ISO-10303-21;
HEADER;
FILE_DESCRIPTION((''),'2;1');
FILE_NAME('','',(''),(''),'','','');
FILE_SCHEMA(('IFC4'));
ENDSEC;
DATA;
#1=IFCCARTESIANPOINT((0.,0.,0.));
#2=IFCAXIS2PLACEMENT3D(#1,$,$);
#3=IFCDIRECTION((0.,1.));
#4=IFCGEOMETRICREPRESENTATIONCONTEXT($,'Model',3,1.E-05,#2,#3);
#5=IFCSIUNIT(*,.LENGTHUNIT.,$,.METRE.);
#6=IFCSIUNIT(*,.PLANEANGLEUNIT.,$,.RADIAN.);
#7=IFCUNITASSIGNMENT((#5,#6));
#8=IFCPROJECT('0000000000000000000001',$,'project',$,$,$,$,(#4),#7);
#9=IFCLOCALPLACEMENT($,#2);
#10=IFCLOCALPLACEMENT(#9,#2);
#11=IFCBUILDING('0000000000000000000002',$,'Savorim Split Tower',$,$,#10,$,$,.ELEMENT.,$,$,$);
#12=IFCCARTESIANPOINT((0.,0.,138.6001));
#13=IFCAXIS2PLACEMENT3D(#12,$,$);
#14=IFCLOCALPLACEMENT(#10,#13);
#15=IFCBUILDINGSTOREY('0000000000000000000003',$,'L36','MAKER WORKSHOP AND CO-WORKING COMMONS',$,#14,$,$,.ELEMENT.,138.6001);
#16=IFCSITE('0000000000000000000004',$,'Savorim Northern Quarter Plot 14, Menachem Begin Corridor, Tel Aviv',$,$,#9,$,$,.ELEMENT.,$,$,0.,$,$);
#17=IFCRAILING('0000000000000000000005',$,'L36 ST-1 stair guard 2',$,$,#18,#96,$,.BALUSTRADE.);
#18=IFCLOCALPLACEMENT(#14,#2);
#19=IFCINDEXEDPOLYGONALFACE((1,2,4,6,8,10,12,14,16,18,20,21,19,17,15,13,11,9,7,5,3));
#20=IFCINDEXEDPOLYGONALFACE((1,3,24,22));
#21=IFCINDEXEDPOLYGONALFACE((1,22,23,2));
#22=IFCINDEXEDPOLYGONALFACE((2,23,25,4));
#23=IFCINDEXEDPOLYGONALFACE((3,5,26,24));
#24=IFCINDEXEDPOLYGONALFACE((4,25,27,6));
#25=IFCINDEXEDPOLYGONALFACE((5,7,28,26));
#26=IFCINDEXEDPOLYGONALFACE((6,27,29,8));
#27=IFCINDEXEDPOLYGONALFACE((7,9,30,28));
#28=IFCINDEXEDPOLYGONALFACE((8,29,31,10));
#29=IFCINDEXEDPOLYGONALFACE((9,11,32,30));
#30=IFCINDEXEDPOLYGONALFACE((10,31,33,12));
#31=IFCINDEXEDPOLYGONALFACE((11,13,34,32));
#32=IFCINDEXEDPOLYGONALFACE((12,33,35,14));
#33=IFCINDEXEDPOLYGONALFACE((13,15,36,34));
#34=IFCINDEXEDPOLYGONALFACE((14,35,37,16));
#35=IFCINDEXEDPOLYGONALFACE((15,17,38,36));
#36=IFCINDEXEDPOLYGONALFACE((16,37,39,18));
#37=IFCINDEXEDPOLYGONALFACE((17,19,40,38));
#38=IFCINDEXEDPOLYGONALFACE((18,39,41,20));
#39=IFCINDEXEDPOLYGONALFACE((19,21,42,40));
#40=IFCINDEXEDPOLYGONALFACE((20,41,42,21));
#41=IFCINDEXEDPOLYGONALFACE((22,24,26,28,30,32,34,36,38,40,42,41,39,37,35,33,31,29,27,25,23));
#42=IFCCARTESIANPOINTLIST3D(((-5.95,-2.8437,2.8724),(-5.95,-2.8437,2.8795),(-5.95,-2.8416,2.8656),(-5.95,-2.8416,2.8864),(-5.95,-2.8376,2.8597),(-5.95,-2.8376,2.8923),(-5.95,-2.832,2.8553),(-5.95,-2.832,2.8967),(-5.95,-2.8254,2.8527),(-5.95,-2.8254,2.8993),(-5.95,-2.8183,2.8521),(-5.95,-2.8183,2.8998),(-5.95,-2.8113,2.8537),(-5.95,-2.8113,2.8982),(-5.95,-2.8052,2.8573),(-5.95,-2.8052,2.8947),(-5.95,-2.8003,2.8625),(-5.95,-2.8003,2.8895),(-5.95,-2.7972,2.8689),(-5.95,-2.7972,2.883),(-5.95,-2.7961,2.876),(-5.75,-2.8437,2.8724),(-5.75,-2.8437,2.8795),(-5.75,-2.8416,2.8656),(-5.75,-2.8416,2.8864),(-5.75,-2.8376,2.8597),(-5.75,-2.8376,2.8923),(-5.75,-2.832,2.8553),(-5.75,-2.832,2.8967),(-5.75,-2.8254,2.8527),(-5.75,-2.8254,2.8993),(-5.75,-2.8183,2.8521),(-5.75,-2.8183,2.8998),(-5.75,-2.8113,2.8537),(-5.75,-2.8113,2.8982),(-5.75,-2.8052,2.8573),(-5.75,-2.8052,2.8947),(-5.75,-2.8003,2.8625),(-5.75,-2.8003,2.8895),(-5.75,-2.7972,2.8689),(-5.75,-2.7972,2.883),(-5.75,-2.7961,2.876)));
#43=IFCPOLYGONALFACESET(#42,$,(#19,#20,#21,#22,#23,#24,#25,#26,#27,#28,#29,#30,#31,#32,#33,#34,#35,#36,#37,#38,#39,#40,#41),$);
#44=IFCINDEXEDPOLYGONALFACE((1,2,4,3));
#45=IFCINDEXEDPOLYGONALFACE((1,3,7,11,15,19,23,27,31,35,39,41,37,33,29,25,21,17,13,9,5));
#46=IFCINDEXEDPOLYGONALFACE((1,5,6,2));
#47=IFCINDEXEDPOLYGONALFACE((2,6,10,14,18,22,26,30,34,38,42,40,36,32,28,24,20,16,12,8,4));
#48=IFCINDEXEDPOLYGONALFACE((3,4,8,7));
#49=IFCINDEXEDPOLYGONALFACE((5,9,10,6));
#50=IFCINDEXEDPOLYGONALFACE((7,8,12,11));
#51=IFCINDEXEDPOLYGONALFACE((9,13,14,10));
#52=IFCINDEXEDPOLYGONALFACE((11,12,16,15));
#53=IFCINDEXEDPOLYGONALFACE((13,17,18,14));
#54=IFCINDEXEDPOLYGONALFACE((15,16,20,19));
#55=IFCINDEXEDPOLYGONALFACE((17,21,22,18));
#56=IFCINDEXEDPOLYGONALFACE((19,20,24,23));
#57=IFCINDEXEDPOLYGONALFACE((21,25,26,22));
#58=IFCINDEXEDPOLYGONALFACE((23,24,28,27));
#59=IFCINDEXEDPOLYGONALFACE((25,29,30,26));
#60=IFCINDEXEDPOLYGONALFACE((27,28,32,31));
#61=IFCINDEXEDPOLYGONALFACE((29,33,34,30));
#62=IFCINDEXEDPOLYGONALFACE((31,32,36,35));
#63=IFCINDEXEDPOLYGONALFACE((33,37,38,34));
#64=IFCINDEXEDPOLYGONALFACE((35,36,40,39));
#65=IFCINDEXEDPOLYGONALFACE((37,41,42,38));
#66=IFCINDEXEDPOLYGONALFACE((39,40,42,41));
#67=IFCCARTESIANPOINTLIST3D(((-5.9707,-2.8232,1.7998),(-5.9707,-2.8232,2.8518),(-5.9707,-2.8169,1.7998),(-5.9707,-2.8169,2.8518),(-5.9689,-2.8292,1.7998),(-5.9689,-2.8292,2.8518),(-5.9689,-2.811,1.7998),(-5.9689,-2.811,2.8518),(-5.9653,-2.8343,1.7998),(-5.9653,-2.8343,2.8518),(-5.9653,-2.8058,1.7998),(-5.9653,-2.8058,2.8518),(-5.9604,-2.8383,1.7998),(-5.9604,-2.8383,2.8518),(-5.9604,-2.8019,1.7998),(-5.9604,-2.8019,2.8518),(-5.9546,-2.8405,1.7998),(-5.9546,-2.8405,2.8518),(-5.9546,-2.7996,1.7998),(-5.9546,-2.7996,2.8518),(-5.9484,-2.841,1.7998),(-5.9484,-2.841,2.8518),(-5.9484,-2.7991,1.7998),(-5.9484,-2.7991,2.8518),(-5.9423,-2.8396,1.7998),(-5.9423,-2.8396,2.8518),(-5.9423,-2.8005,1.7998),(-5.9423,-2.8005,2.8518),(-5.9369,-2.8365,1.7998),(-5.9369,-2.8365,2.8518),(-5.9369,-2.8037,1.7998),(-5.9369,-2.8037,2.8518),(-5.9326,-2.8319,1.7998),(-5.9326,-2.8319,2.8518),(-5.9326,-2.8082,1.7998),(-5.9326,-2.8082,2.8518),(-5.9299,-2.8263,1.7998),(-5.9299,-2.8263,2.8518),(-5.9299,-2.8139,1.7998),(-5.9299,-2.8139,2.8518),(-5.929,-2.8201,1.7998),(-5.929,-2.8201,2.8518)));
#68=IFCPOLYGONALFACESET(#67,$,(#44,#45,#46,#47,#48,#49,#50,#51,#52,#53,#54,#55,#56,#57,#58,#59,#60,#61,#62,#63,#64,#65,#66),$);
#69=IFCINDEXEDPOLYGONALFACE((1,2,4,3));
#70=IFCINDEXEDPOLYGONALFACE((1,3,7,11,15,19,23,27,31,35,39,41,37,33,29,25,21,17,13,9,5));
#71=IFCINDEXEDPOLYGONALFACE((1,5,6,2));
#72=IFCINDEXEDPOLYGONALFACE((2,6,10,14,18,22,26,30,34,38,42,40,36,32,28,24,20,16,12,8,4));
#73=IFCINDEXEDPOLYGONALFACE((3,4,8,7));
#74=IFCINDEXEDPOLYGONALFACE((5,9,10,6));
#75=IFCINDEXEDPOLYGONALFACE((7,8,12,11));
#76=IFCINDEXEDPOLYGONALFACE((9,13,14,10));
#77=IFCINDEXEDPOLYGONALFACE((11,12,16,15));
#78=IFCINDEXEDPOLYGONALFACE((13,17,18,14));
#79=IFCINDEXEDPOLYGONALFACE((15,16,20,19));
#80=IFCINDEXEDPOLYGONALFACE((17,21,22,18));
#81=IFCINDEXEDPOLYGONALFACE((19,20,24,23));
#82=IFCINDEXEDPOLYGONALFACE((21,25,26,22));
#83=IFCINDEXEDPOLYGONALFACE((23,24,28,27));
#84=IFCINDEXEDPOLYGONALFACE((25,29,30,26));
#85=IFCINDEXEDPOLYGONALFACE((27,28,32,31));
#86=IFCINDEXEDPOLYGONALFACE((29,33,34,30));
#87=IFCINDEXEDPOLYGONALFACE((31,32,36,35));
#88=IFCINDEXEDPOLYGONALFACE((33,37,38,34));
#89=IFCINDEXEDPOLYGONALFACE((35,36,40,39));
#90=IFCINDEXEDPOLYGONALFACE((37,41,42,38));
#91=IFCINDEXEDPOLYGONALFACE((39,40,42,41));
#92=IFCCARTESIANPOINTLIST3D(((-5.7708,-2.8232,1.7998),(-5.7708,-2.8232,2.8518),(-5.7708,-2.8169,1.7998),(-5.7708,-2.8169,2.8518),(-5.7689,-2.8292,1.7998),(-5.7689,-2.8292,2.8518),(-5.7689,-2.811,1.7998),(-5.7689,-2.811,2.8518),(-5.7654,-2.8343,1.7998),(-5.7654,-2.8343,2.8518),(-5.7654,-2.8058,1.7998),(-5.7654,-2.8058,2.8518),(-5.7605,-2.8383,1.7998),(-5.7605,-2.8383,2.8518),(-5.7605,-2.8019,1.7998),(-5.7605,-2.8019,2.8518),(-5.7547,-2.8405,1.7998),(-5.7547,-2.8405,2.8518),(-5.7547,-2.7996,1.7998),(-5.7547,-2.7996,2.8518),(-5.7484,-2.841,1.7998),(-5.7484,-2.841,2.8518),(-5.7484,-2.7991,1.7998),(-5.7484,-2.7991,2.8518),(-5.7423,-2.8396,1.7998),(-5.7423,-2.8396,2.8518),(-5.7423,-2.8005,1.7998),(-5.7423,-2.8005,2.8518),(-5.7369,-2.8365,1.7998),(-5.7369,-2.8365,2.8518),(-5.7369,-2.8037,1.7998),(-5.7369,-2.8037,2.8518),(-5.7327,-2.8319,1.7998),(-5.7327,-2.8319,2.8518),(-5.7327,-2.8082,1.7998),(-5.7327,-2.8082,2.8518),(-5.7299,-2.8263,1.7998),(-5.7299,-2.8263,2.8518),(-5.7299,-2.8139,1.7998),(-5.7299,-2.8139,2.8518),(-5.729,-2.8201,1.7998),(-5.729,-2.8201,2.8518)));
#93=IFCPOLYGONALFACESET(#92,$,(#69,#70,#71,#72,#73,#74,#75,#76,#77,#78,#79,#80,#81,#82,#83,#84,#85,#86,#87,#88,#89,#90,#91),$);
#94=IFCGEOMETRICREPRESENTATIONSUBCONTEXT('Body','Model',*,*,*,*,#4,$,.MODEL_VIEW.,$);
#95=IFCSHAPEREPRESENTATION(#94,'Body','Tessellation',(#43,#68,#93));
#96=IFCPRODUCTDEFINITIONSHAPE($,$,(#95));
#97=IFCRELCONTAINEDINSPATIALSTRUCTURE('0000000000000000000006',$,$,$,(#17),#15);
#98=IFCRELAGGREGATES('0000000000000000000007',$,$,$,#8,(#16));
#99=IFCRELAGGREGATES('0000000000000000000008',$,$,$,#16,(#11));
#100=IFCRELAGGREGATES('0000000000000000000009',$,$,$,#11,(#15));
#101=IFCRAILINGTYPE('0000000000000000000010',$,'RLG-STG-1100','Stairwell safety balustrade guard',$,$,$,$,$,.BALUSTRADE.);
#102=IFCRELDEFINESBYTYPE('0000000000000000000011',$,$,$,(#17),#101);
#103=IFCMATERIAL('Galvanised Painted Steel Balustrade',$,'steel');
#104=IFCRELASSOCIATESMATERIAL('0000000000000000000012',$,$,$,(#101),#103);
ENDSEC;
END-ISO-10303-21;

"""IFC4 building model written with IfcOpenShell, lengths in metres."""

from ifc_helpers import new_model, si_unit, direction, frame, origin, origin_2d, place, context, subcontext, project, spatial, circle, extrude, material, type_object, element, save


model = new_model("IFC4")

# Units and contexts
model_context = context("Model", 3, precision=1e-05, world=origin(), true_north=direction((0.0, 1.0)))
body_context = subcontext(model_context, "Body", "Model", "MODEL_VIEW")
ifc_project = project(units=[si_unit("LENGTHUNIT", "METRE"), si_unit("PLANEANGLEUNIT", "RADIAN")], contexts=[model_context])

# Site, building, storey
site_placement = place(None, origin())
site = spatial("IfcSite", under=ifc_project, at=site_placement, Name="Savorim Northern Quarter Plot 14, Menachem Begin Corridor, Tel Aviv", CompositionType="ELEMENT", RefElevation=0.0)
building_placement = place(site_placement, origin())
building = spatial("IfcBuilding", under=site, at=building_placement, Name="Savorim Split Tower", CompositionType="ELEMENT")
storey_placement = place(building_placement, frame((0.0, 0.0, 138.6001)))
storey = spatial("IfcBuildingStorey", under=building, at=storey_placement, Name="L36", Description="MAKER WORKSHOP AND CO-WORKING COMMONS", CompositionType="ELEMENT", Elevation=138.6001)

# Railing
ifc_material_1 = material(Name="Galvanised Painted Steel Balustrade", Category="steel")
railing_type_1 = type_object("IfcRailingType", Name="RLG-STG-1100", Description="Stairwell safety balustrade guard", PredefinedType="BALUSTRADE", material=ifc_material_1)
railing_1_placement = place(storey_placement, frame((-5.95, -2.8201, 1.7998)))
element("IfcRailing", 1, at=railing_1_placement, inside=storey, type_object=railing_type_1, Name="L36 ST-1 stair guard 2", PredefinedType="BALUSTRADE", context=body_context, shape_type="SweptSolid", body=[
    extrude(circle(Radius=0.0239, at=origin_2d()), frame((0.0, 0.0, 1.0762), z_axis=(1.0, 0.0, 0.0), x_axis=(0.0, 1.0, 0.0)), (0.0, 0.0, 1.0), 0.2),
    extrude(circle(Radius=0.021, at=origin_2d()), origin(), (0.0, 0.0, 1.0), 1.052),
    extrude(circle(Radius=0.021, at=origin_2d()), frame((0.2, 0.0, 0.0)), (0.0, 0.0, 1.0), 1.052),
])

save(model, "model.ifc")
